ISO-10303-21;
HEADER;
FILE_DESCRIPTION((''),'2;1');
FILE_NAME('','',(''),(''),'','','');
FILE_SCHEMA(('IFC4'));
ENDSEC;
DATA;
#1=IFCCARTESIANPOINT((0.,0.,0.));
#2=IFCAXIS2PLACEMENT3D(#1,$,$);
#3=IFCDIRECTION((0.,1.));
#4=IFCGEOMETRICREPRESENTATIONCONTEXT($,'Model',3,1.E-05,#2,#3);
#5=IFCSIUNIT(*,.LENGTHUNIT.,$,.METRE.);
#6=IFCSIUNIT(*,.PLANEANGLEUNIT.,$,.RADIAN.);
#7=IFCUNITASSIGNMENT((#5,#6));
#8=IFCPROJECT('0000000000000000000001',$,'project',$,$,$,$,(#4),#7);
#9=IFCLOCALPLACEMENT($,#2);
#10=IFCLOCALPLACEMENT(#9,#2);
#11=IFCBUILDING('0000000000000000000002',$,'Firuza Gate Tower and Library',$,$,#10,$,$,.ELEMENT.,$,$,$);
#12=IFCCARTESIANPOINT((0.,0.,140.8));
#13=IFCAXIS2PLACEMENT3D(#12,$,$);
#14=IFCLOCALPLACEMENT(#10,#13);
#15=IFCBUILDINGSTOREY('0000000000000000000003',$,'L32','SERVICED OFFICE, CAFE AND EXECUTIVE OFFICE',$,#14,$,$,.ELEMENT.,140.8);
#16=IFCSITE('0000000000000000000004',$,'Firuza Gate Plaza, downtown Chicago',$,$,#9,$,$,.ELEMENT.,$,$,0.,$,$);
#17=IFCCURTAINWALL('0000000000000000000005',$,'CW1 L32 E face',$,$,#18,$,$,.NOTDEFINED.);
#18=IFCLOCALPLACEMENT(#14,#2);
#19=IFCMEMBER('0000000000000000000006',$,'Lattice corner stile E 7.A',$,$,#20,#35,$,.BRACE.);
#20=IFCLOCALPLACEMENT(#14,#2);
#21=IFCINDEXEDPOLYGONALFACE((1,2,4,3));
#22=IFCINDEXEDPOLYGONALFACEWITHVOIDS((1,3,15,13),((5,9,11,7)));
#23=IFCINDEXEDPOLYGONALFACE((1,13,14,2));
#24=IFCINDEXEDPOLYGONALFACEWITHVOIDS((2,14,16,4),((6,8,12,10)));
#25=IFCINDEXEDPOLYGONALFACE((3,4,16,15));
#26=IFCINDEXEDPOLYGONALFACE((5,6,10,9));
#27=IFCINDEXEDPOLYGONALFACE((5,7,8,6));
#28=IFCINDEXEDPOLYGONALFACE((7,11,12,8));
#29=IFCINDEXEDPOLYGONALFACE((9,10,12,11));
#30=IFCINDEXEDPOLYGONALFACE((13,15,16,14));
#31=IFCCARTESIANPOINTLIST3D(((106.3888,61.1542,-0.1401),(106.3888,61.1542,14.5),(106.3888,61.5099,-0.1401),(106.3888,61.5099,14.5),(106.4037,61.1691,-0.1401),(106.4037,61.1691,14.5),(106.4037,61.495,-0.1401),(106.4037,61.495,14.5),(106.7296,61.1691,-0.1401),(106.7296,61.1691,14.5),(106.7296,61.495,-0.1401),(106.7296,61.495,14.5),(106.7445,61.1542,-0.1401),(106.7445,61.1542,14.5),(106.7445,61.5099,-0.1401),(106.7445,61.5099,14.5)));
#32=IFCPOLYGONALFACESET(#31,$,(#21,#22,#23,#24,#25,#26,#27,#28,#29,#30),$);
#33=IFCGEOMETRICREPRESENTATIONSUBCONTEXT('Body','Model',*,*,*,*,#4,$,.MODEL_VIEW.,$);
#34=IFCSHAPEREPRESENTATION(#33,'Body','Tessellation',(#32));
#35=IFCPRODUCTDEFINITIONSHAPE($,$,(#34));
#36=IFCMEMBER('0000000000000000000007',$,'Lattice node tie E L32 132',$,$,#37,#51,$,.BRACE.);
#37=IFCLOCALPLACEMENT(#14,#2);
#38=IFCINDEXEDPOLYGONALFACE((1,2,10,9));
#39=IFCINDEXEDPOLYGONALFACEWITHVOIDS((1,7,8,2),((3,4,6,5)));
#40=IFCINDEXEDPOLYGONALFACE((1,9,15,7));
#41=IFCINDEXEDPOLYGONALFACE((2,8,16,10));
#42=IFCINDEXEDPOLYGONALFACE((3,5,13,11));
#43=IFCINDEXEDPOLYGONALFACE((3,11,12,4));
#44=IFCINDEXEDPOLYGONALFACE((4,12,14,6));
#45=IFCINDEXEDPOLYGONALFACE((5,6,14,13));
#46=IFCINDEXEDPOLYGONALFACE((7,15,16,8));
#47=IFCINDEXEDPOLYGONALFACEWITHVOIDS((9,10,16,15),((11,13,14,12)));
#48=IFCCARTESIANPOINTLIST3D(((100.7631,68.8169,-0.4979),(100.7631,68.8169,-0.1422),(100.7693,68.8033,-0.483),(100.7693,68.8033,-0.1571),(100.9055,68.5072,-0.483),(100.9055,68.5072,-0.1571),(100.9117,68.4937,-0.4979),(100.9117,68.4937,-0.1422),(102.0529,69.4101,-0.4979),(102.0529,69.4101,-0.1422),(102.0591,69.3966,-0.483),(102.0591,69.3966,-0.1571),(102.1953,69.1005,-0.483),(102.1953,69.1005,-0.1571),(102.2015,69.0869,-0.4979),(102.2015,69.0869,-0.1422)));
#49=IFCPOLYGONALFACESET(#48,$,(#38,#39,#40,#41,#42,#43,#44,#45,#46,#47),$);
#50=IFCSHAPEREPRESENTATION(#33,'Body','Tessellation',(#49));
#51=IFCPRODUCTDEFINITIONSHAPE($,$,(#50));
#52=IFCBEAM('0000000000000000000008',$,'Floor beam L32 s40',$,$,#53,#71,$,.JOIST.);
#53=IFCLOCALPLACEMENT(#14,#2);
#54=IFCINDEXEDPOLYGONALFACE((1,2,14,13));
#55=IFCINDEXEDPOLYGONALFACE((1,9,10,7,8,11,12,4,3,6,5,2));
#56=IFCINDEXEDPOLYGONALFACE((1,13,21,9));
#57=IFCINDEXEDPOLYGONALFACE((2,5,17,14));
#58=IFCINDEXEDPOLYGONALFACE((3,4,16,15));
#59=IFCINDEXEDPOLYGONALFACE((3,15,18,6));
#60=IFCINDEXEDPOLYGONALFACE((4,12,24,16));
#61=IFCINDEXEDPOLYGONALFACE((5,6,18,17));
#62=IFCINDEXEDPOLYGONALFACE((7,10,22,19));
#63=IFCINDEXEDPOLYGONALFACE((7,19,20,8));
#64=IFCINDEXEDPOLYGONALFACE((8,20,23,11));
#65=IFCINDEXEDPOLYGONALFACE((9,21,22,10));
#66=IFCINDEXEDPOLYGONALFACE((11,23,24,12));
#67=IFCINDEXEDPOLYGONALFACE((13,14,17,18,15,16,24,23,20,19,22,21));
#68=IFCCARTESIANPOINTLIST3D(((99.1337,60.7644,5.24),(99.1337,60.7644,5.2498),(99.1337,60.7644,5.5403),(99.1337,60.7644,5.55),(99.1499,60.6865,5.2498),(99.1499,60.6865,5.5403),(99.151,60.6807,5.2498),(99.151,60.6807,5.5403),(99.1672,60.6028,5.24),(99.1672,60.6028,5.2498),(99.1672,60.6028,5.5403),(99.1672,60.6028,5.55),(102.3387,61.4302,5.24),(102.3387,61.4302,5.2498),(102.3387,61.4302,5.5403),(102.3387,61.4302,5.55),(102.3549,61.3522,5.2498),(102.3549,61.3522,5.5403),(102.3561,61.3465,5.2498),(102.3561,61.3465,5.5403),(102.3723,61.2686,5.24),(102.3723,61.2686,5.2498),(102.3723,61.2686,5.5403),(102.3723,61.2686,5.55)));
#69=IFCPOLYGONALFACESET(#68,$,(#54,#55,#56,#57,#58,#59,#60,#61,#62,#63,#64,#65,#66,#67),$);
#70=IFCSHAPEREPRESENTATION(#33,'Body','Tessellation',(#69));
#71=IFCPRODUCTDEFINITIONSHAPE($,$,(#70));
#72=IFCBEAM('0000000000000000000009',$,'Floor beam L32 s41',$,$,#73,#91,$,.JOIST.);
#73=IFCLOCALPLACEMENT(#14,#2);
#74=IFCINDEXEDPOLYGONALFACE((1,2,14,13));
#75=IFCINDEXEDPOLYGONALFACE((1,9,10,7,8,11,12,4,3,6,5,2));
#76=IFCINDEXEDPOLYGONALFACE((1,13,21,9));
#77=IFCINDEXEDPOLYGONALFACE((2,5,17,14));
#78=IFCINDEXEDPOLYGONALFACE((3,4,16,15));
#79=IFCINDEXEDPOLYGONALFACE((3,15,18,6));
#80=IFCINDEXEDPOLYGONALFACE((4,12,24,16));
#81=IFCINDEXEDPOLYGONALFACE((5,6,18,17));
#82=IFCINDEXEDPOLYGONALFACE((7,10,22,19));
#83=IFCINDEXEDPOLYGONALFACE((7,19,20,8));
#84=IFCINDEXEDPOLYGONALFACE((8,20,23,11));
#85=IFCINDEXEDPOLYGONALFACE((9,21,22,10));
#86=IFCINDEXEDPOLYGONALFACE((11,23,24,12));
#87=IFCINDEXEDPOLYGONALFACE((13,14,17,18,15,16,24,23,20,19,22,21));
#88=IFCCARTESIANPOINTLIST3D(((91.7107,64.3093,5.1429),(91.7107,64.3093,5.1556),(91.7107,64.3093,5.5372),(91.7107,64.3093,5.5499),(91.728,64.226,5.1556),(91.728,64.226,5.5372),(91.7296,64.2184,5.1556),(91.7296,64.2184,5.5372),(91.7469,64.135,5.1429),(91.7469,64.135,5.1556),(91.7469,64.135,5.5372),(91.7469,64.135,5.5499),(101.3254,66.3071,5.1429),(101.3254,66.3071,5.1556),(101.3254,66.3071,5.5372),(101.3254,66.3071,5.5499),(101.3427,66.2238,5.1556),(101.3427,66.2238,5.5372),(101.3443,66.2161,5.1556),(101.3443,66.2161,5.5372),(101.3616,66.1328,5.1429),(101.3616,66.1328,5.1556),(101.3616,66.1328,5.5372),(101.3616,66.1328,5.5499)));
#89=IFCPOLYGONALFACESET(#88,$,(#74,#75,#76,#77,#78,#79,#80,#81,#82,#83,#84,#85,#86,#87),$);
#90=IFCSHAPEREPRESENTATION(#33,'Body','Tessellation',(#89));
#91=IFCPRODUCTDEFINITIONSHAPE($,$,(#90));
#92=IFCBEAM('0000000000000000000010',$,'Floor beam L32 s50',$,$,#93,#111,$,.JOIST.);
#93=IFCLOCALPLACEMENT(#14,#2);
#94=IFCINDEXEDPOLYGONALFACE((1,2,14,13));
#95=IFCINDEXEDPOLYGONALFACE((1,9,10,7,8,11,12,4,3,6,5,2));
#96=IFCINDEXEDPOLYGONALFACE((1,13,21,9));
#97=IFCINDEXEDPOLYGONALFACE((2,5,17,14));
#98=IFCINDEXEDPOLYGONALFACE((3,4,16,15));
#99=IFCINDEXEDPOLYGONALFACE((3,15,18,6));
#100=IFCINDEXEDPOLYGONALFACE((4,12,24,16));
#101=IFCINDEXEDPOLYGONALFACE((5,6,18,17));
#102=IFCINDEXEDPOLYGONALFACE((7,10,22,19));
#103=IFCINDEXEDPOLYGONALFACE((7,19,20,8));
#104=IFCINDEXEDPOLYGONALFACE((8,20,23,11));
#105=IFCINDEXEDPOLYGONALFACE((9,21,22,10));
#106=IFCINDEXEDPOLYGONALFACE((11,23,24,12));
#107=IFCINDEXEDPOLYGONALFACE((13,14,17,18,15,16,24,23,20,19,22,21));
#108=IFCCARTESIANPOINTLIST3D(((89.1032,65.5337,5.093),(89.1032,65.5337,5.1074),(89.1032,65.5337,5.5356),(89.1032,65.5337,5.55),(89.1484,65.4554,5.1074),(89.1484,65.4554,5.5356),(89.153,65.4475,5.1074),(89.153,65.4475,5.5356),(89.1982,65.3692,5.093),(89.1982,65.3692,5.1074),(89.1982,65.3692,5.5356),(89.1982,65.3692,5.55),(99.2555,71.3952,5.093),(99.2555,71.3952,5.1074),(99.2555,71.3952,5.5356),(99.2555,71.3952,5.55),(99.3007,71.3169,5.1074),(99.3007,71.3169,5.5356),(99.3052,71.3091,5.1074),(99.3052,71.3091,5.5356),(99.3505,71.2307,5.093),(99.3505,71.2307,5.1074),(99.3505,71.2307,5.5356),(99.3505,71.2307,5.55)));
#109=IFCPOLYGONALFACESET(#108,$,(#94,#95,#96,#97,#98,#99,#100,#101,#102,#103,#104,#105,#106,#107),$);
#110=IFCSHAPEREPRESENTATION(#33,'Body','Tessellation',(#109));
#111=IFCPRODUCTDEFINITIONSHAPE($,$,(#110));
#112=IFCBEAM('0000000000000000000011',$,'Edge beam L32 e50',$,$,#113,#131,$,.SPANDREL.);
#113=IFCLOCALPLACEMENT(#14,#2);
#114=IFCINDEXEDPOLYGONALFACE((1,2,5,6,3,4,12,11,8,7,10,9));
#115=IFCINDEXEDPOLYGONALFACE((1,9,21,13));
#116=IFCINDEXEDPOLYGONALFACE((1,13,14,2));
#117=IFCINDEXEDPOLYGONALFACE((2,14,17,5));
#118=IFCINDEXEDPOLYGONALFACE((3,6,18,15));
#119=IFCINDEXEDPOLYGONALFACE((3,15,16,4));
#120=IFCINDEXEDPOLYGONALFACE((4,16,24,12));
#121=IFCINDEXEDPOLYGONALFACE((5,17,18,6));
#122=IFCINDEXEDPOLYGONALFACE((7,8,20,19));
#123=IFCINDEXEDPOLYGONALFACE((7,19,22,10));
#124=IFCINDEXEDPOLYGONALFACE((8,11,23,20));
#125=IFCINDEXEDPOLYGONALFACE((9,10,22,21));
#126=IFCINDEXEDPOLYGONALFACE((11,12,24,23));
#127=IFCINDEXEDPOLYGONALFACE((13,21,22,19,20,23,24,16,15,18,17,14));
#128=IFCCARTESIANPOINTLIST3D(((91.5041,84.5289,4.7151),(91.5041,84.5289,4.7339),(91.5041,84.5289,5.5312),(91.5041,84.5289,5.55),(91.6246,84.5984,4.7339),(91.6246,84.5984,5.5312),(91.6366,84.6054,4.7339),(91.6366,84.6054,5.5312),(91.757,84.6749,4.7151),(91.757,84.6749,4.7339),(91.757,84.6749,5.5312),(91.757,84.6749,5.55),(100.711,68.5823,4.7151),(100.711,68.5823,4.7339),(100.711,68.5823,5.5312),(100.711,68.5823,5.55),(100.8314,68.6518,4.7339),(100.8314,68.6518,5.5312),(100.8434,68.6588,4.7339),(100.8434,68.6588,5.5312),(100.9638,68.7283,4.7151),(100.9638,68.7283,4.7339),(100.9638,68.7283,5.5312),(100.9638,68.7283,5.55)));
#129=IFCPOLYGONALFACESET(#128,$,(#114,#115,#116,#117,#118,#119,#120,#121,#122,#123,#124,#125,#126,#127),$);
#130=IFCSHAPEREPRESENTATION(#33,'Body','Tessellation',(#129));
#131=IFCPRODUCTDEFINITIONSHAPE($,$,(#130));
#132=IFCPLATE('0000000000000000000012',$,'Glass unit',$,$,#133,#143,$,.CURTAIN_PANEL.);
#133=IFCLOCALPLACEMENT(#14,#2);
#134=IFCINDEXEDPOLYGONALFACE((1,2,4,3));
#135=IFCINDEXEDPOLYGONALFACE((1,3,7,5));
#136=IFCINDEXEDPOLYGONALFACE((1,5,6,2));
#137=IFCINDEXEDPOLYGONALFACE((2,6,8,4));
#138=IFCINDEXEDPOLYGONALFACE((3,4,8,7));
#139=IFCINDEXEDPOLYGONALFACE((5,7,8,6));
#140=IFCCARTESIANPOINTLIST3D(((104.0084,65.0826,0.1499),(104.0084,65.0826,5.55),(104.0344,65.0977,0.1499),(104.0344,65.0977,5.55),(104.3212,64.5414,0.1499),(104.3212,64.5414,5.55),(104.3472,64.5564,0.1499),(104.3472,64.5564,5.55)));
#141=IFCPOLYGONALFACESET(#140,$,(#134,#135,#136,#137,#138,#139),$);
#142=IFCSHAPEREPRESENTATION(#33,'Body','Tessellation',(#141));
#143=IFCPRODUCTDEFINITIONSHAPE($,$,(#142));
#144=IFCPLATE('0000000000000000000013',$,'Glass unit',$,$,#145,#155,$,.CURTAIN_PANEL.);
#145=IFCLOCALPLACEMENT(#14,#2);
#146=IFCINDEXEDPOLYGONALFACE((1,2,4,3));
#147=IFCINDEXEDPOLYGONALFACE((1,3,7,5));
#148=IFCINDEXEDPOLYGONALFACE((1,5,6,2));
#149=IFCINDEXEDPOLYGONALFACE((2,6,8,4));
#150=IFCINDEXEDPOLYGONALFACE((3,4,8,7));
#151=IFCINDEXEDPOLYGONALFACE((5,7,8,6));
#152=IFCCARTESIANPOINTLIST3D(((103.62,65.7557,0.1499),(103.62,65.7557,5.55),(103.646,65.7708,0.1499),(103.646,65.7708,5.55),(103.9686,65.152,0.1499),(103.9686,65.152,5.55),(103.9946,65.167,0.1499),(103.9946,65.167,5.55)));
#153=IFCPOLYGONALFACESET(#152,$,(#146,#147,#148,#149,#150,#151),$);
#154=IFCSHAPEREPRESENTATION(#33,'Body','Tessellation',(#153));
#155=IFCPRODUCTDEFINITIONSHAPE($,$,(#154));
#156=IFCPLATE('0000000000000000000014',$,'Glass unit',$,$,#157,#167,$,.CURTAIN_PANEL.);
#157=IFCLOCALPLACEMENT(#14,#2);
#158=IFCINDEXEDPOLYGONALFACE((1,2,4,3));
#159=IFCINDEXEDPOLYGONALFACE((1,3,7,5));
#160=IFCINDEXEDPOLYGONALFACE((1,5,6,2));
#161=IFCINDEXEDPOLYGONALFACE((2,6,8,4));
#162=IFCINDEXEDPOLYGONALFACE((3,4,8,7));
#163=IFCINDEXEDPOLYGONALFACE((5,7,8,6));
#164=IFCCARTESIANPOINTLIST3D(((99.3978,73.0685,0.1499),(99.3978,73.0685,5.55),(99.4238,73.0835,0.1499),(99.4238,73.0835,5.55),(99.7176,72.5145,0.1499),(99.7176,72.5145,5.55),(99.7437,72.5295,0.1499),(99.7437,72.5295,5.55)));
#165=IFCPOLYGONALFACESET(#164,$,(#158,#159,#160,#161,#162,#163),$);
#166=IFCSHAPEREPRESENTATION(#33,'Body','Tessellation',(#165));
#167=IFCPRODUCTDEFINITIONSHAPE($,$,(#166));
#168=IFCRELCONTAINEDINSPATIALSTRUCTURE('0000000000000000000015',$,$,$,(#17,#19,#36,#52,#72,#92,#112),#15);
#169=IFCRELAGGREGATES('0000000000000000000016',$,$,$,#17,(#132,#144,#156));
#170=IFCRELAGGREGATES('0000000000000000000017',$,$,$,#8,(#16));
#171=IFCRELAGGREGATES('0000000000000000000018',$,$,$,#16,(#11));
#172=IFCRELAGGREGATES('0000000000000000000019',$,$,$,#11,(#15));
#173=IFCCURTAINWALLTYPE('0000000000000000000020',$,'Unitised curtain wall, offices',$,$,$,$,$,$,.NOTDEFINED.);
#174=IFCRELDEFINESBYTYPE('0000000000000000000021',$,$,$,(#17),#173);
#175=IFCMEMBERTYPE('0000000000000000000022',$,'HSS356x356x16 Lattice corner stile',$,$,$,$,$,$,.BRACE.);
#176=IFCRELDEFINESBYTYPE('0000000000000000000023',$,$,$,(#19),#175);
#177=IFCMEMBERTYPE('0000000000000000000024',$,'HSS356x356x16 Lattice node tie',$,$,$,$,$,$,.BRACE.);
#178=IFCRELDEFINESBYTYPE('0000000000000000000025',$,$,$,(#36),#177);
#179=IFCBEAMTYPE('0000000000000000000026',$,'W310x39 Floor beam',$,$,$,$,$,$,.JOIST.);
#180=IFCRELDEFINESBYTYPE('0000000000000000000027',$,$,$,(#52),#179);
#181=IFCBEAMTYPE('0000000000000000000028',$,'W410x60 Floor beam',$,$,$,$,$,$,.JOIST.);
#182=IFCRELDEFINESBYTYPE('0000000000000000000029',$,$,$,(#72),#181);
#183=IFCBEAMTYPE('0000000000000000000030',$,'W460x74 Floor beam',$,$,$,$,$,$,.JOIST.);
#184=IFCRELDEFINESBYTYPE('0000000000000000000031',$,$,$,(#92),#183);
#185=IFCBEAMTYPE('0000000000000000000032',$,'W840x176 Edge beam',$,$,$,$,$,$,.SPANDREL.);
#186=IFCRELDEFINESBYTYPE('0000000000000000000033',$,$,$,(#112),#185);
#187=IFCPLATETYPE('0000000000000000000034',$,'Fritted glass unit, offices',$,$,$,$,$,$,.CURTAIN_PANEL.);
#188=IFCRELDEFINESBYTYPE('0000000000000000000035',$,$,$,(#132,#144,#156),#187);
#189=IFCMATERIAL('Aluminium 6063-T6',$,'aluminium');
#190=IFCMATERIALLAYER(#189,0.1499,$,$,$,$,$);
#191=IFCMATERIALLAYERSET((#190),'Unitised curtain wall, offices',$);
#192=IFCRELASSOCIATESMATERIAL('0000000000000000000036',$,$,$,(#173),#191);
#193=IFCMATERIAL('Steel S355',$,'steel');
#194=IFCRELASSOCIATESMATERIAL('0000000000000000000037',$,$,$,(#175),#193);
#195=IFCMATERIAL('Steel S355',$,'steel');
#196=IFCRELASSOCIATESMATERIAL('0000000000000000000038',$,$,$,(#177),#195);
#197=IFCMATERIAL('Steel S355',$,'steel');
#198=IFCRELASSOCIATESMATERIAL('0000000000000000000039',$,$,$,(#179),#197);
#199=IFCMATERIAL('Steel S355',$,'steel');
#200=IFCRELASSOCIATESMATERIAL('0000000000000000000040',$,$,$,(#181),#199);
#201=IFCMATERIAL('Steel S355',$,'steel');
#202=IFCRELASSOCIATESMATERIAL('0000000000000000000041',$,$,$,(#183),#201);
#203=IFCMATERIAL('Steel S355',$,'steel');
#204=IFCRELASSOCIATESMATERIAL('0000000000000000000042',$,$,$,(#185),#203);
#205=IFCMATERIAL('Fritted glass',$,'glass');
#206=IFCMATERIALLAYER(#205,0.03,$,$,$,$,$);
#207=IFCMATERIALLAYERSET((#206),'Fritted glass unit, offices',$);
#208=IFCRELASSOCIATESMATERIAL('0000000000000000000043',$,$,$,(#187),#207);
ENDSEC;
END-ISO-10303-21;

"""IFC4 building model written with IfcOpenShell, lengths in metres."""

from ifc_helpers import new_model, si_unit, direction, frame, origin, origin_2d, place, context, subcontext, project, spatial, polyline, hollow_rectangle, i_section, outline, extrude, material, layer, layer_set, material_profile, profile_set, type_object, element, aggregate, save


model = new_model("IFC4")

# Units and contexts
model_context = context("Model", 3, precision=1e-05, world=origin(), true_north=direction((0.0, 1.0)))
body_context = subcontext(model_context, "Body", "Model", "MODEL_VIEW")
ifc_project = project(units=[si_unit("LENGTHUNIT", "METRE"), si_unit("PLANEANGLEUNIT", "RADIAN")], contexts=[model_context])

# Site, building, storey
site_placement = place(None, origin())
site = spatial("IfcSite", under=ifc_project, at=site_placement, Name="Firuza Gate Plaza, downtown Chicago", CompositionType="ELEMENT", RefElevation=0.0)
building_placement = place(site_placement, origin())
building = spatial("IfcBuilding", under=site, at=building_placement, Name="Firuza Gate Tower and Library", CompositionType="ELEMENT")
storey_placement = place(building_placement, frame((0.0, 0.0, 140.8)))
storey = spatial("IfcBuildingStorey", under=building, at=storey_placement, Name="L32", Description="SERVICED OFFICE, CAFE AND EXECUTIVE OFFICE", CompositionType="ELEMENT", Elevation=140.8)

# Curtain wall
ifc_material_1 = material(Name="Aluminium 6063-T6", Category="aluminium")
ifc_layer_1 = layer(ifc_material_1, 0.1499)
ifc_layer_set_1 = layer_set([ifc_layer_1], Name="Unitised curtain wall, offices")
curtain_wall_type = type_object("IfcCurtainWallType", Name="Unitised curtain wall, offices", PredefinedType="NOTDEFINED", material=ifc_layer_set_1)
curtain_wall_placement = place(storey_placement, origin())
curtain_wall = element("IfcCurtainWall", 1, at=curtain_wall_placement, inside=storey, type_object=curtain_wall_type, Name="CW1 L32 E face", PredefinedType="NOTDEFINED")

# Members
ifc_material_2 = material(Name="Steel S355", Category="steel")
ifc_material_profile_1 = material_profile(ifc_material_2, hollow_rectangle(XDim=0.3557, YDim=0.3557, WallThickness=0.0149, at=origin_2d()))
ifc_profile_set_1 = profile_set([ifc_material_profile_1], Name="Steel S355")
member_type_1 = type_object("IfcMemberType", Name="HSS356x356x16 Lattice corner stile", PredefinedType="BRACE", material=ifc_profile_set_1)
member_1_placement = place(storey_placement, frame((106.5667, 61.332, -0.1401), z_axis=(0.0, 0.0, 1.0), x_axis=(1.0, 0.0, 0.0)))
element("IfcMember", 2, at=member_1_placement, inside=storey, type_object=member_type_1, Name="Lattice corner stile E 7.A", PredefinedType="BRACE", context=body_context, shape_type="SweptSolid", body=[
    extrude(hollow_rectangle(XDim=0.3557, YDim=0.3557, WallThickness=0.0149, at=origin_2d()), origin(), (0.0, 0.0, 1.0), 14.6401),
])
ifc_material_3 = material(Name="Steel S355", Category="steel")
ifc_material_profile_2 = material_profile(ifc_material_3, hollow_rectangle(XDim=0.3557, YDim=0.3557, WallThickness=0.0149, at=origin_2d()))
ifc_profile_set_2 = profile_set([ifc_material_profile_2], Name="Steel S355")
member_type_2 = type_object("IfcMemberType", Name="HSS356x356x16 Lattice node tie", PredefinedType="BRACE", material=ifc_profile_set_2)
member_2_placement = place(storey_placement, frame((100.8374, 68.6553, -0.3201), z_axis=(0.908502, 0.41788, 0.0), x_axis=(-0.41788, 0.908502, 0.0)))
element("IfcMember", 3, at=member_2_placement, inside=storey, type_object=member_type_2, Name="Lattice node tie E L32 132", PredefinedType="BRACE", context=body_context, shape_type="SweptSolid", body=[
    extrude(hollow_rectangle(XDim=0.3557, YDim=0.3557, WallThickness=0.0149, at=origin_2d()), origin(), (0.0, 0.0, 1.0), 1.4197),
])

# Beams
ifc_material_4 = material(Name="Steel S355", Category="steel")
ifc_material_profile_3 = material_profile(ifc_material_4, i_section(OverallWidth=0.165, OverallDepth=0.3101, WebThickness=0.0059, FlangeThickness=0.0098, at=origin_2d()))
ifc_profile_set_3 = profile_set([ifc_material_profile_3], Name="Steel S355")
beam_type_1 = type_object("IfcBeamType", Name="W310x39 Floor beam", PredefinedType="JOIST", material=ifc_profile_set_3)
beam_1_placement = place(storey_placement, frame((102.3555, 61.3494, 5.395), z_axis=(-0.979099, -0.203382, 0.0), x_axis=(0.203382, -0.979099, 0.0)))
element("IfcBeam", 4, at=beam_1_placement, inside=storey, type_object=beam_type_1, Name="Floor beam L32 s40", PredefinedType="JOIST", context=body_context, shape_type="SweptSolid", body=[
    extrude(i_section(OverallWidth=0.165, OverallDepth=0.3101, WebThickness=0.0059, FlangeThickness=0.0098, at=origin_2d()), origin(), (0.0, 0.0, 1.0), 3.2734),
])
ifc_material_5 = material(Name="Steel S355", Category="steel")
ifc_material_profile_4 = material_profile(ifc_material_5, i_section(OverallWidth=0.178, OverallDepth=0.407, WebThickness=0.0078, FlangeThickness=0.0127, at=origin_2d()))
ifc_profile_set_4 = profile_set([ifc_material_profile_4], Name="Steel S355")
beam_type_2 = type_object("IfcBeamType", Name="W410x60 Floor beam", PredefinedType="JOIST", material=ifc_profile_set_4)
beam_2_placement = place(storey_placement, frame((101.3435, 66.22, 5.3464), z_axis=(-0.979087, -0.20344, 0.0), x_axis=(0.20344, -0.979087, 0.0)))
element("IfcBeam", 5, at=beam_2_placement, inside=storey, type_object=beam_type_2, Name="Floor beam L32 s41", PredefinedType="JOIST", context=body_context, shape_type="SweptSolid", body=[
    extrude(i_section(OverallWidth=0.178, OverallDepth=0.407, WebThickness=0.0078, FlangeThickness=0.0127, at=origin_2d()), origin(), (0.0, 0.0, 1.0), 9.8201),
])
ifc_material_6 = material(Name="Steel S355", Category="steel")
ifc_material_profile_5 = material_profile(ifc_material_6, i_section(OverallWidth=0.1899, OverallDepth=0.457, WebThickness=0.009, FlangeThickness=0.0144, at=origin_2d()))
ifc_profile_set_5 = profile_set([ifc_material_profile_5], Name="Steel S355")
beam_type_3 = type_object("IfcBeamType", Name="W460x74 Floor beam", PredefinedType="JOIST", material=ifc_profile_set_5)
beam_3_placement = place(storey_placement, frame((99.303, 71.313, 5.3215), z_axis=(-0.866021, -0.500007, 0.0), x_axis=(0.500007, -0.866021, 0.0)))
element("IfcBeam", 6, at=beam_3_placement, inside=storey, type_object=beam_type_3, Name="Floor beam L32 s50", PredefinedType="JOIST", context=body_context, shape_type="SweptSolid", body=[
    extrude(i_section(OverallWidth=0.1899, OverallDepth=0.457, WebThickness=0.009, FlangeThickness=0.0144, at=origin_2d()), origin(), (0.0, 0.0, 1.0), 11.7229),
])
ifc_material_7 = material(Name="Steel S355", Category="steel")
ifc_material_profile_6 = material_profile(ifc_material_7, i_section(OverallWidth=0.292, OverallDepth=0.835, WebThickness=0.0139, FlangeThickness=0.0188, at=origin_2d()))
ifc_profile_set_6 = profile_set([ifc_material_profile_6], Name="Steel S355")
beam_type_4 = type_object("IfcBeamType", Name="W840x176 Edge beam", PredefinedType="SPANDREL", material=ifc_profile_set_6)
beam_4_placement = place(storey_placement, frame((100.8374, 68.6553, 5.1326), z_axis=(-0.500002, 0.866024, 0.0), x_axis=(-0.866024, -0.500002, 0.0)))
element("IfcBeam", 7, at=beam_4_placement, inside=storey, type_object=beam_type_4, Name="Edge beam L32 e50", PredefinedType="SPANDREL", context=body_context, shape_type="SweptSolid", body=[
    extrude(i_section(OverallWidth=0.292, OverallDepth=0.835, WebThickness=0.0139, FlangeThickness=0.0188, at=origin_2d()), origin(), (0.0, 0.0, 1.0), 18.4136),
])

# Plates
ifc_material_8 = material(Name="Fritted glass", Category="glass")
ifc_layer_2 = layer(ifc_material_8, 0.03)
ifc_layer_set_2 = layer_set([ifc_layer_2], Name="Fritted glass unit, offices")
plate_type_1 = type_object("IfcPlateType", Name="Fritted glass unit, offices", PredefinedType="CURTAIN_PANEL", material=ifc_layer_set_2)
plate_1_placement = place(storey_placement, frame((104.3472, 64.5564, 0.1499), z_axis=(0.865854, 0.500297, 0.0), x_axis=(-0.500297, 0.865854, 0.0)))
plate_1 = element("IfcPlate", 8, at=plate_1_placement, type_object=plate_type_1, Name="Glass unit", PredefinedType="CURTAIN_PANEL", context=body_context, shape_type="SweptSolid", body=[
    extrude(outline(polyline([(0.0, 0.0), (0.6251, 0.0), (0.6251, 5.4001), (0.0, 5.4001), (0.0, 0.0)])), origin(), (0.0, 0.0, -1.0), 0.03),
])
plate_2_placement = place(storey_placement, frame((103.9946, 65.167, 0.1499), z_axis=(0.865993, 0.500056, 0.0), x_axis=(-0.500056, 0.865993, 0.0)))
plate_2 = element("IfcPlate", 9, at=plate_2_placement, type_object=plate_type_1, Name="Glass unit", PredefinedType="CURTAIN_PANEL", context=body_context, shape_type="SweptSolid", body=[
    extrude(outline(polyline([(0.0, 0.0), (0.6972, 0.0), (0.6972, 5.4001), (0.0, 5.4001), (0.0, 0.0)])), origin(), (0.0, 0.0, -1.0), 0.03),
])
plate_3_placement = place(storey_placement, frame((99.7437, 72.5295, 0.1499), z_axis=(0.866027, 0.499998, 0.0), x_axis=(-0.499998, 0.866027, 0.0)))
plate_3 = element("IfcPlate", 10, at=plate_3_placement, type_object=plate_type_1, Name="Glass unit", PredefinedType="CURTAIN_PANEL", context=body_context, shape_type="SweptSolid", body=[
    extrude(outline(polyline([(0.0, 0.0), (0.6397, 0.0), (0.6397, 5.4001), (0.0, 5.4001), (0.0, 0.0)])), origin(), (0.0, 0.0, -1.0), 0.03),
])
aggregate(curtain_wall, [plate_1, plate_2, plate_3])

save(model, "model.ifc")
